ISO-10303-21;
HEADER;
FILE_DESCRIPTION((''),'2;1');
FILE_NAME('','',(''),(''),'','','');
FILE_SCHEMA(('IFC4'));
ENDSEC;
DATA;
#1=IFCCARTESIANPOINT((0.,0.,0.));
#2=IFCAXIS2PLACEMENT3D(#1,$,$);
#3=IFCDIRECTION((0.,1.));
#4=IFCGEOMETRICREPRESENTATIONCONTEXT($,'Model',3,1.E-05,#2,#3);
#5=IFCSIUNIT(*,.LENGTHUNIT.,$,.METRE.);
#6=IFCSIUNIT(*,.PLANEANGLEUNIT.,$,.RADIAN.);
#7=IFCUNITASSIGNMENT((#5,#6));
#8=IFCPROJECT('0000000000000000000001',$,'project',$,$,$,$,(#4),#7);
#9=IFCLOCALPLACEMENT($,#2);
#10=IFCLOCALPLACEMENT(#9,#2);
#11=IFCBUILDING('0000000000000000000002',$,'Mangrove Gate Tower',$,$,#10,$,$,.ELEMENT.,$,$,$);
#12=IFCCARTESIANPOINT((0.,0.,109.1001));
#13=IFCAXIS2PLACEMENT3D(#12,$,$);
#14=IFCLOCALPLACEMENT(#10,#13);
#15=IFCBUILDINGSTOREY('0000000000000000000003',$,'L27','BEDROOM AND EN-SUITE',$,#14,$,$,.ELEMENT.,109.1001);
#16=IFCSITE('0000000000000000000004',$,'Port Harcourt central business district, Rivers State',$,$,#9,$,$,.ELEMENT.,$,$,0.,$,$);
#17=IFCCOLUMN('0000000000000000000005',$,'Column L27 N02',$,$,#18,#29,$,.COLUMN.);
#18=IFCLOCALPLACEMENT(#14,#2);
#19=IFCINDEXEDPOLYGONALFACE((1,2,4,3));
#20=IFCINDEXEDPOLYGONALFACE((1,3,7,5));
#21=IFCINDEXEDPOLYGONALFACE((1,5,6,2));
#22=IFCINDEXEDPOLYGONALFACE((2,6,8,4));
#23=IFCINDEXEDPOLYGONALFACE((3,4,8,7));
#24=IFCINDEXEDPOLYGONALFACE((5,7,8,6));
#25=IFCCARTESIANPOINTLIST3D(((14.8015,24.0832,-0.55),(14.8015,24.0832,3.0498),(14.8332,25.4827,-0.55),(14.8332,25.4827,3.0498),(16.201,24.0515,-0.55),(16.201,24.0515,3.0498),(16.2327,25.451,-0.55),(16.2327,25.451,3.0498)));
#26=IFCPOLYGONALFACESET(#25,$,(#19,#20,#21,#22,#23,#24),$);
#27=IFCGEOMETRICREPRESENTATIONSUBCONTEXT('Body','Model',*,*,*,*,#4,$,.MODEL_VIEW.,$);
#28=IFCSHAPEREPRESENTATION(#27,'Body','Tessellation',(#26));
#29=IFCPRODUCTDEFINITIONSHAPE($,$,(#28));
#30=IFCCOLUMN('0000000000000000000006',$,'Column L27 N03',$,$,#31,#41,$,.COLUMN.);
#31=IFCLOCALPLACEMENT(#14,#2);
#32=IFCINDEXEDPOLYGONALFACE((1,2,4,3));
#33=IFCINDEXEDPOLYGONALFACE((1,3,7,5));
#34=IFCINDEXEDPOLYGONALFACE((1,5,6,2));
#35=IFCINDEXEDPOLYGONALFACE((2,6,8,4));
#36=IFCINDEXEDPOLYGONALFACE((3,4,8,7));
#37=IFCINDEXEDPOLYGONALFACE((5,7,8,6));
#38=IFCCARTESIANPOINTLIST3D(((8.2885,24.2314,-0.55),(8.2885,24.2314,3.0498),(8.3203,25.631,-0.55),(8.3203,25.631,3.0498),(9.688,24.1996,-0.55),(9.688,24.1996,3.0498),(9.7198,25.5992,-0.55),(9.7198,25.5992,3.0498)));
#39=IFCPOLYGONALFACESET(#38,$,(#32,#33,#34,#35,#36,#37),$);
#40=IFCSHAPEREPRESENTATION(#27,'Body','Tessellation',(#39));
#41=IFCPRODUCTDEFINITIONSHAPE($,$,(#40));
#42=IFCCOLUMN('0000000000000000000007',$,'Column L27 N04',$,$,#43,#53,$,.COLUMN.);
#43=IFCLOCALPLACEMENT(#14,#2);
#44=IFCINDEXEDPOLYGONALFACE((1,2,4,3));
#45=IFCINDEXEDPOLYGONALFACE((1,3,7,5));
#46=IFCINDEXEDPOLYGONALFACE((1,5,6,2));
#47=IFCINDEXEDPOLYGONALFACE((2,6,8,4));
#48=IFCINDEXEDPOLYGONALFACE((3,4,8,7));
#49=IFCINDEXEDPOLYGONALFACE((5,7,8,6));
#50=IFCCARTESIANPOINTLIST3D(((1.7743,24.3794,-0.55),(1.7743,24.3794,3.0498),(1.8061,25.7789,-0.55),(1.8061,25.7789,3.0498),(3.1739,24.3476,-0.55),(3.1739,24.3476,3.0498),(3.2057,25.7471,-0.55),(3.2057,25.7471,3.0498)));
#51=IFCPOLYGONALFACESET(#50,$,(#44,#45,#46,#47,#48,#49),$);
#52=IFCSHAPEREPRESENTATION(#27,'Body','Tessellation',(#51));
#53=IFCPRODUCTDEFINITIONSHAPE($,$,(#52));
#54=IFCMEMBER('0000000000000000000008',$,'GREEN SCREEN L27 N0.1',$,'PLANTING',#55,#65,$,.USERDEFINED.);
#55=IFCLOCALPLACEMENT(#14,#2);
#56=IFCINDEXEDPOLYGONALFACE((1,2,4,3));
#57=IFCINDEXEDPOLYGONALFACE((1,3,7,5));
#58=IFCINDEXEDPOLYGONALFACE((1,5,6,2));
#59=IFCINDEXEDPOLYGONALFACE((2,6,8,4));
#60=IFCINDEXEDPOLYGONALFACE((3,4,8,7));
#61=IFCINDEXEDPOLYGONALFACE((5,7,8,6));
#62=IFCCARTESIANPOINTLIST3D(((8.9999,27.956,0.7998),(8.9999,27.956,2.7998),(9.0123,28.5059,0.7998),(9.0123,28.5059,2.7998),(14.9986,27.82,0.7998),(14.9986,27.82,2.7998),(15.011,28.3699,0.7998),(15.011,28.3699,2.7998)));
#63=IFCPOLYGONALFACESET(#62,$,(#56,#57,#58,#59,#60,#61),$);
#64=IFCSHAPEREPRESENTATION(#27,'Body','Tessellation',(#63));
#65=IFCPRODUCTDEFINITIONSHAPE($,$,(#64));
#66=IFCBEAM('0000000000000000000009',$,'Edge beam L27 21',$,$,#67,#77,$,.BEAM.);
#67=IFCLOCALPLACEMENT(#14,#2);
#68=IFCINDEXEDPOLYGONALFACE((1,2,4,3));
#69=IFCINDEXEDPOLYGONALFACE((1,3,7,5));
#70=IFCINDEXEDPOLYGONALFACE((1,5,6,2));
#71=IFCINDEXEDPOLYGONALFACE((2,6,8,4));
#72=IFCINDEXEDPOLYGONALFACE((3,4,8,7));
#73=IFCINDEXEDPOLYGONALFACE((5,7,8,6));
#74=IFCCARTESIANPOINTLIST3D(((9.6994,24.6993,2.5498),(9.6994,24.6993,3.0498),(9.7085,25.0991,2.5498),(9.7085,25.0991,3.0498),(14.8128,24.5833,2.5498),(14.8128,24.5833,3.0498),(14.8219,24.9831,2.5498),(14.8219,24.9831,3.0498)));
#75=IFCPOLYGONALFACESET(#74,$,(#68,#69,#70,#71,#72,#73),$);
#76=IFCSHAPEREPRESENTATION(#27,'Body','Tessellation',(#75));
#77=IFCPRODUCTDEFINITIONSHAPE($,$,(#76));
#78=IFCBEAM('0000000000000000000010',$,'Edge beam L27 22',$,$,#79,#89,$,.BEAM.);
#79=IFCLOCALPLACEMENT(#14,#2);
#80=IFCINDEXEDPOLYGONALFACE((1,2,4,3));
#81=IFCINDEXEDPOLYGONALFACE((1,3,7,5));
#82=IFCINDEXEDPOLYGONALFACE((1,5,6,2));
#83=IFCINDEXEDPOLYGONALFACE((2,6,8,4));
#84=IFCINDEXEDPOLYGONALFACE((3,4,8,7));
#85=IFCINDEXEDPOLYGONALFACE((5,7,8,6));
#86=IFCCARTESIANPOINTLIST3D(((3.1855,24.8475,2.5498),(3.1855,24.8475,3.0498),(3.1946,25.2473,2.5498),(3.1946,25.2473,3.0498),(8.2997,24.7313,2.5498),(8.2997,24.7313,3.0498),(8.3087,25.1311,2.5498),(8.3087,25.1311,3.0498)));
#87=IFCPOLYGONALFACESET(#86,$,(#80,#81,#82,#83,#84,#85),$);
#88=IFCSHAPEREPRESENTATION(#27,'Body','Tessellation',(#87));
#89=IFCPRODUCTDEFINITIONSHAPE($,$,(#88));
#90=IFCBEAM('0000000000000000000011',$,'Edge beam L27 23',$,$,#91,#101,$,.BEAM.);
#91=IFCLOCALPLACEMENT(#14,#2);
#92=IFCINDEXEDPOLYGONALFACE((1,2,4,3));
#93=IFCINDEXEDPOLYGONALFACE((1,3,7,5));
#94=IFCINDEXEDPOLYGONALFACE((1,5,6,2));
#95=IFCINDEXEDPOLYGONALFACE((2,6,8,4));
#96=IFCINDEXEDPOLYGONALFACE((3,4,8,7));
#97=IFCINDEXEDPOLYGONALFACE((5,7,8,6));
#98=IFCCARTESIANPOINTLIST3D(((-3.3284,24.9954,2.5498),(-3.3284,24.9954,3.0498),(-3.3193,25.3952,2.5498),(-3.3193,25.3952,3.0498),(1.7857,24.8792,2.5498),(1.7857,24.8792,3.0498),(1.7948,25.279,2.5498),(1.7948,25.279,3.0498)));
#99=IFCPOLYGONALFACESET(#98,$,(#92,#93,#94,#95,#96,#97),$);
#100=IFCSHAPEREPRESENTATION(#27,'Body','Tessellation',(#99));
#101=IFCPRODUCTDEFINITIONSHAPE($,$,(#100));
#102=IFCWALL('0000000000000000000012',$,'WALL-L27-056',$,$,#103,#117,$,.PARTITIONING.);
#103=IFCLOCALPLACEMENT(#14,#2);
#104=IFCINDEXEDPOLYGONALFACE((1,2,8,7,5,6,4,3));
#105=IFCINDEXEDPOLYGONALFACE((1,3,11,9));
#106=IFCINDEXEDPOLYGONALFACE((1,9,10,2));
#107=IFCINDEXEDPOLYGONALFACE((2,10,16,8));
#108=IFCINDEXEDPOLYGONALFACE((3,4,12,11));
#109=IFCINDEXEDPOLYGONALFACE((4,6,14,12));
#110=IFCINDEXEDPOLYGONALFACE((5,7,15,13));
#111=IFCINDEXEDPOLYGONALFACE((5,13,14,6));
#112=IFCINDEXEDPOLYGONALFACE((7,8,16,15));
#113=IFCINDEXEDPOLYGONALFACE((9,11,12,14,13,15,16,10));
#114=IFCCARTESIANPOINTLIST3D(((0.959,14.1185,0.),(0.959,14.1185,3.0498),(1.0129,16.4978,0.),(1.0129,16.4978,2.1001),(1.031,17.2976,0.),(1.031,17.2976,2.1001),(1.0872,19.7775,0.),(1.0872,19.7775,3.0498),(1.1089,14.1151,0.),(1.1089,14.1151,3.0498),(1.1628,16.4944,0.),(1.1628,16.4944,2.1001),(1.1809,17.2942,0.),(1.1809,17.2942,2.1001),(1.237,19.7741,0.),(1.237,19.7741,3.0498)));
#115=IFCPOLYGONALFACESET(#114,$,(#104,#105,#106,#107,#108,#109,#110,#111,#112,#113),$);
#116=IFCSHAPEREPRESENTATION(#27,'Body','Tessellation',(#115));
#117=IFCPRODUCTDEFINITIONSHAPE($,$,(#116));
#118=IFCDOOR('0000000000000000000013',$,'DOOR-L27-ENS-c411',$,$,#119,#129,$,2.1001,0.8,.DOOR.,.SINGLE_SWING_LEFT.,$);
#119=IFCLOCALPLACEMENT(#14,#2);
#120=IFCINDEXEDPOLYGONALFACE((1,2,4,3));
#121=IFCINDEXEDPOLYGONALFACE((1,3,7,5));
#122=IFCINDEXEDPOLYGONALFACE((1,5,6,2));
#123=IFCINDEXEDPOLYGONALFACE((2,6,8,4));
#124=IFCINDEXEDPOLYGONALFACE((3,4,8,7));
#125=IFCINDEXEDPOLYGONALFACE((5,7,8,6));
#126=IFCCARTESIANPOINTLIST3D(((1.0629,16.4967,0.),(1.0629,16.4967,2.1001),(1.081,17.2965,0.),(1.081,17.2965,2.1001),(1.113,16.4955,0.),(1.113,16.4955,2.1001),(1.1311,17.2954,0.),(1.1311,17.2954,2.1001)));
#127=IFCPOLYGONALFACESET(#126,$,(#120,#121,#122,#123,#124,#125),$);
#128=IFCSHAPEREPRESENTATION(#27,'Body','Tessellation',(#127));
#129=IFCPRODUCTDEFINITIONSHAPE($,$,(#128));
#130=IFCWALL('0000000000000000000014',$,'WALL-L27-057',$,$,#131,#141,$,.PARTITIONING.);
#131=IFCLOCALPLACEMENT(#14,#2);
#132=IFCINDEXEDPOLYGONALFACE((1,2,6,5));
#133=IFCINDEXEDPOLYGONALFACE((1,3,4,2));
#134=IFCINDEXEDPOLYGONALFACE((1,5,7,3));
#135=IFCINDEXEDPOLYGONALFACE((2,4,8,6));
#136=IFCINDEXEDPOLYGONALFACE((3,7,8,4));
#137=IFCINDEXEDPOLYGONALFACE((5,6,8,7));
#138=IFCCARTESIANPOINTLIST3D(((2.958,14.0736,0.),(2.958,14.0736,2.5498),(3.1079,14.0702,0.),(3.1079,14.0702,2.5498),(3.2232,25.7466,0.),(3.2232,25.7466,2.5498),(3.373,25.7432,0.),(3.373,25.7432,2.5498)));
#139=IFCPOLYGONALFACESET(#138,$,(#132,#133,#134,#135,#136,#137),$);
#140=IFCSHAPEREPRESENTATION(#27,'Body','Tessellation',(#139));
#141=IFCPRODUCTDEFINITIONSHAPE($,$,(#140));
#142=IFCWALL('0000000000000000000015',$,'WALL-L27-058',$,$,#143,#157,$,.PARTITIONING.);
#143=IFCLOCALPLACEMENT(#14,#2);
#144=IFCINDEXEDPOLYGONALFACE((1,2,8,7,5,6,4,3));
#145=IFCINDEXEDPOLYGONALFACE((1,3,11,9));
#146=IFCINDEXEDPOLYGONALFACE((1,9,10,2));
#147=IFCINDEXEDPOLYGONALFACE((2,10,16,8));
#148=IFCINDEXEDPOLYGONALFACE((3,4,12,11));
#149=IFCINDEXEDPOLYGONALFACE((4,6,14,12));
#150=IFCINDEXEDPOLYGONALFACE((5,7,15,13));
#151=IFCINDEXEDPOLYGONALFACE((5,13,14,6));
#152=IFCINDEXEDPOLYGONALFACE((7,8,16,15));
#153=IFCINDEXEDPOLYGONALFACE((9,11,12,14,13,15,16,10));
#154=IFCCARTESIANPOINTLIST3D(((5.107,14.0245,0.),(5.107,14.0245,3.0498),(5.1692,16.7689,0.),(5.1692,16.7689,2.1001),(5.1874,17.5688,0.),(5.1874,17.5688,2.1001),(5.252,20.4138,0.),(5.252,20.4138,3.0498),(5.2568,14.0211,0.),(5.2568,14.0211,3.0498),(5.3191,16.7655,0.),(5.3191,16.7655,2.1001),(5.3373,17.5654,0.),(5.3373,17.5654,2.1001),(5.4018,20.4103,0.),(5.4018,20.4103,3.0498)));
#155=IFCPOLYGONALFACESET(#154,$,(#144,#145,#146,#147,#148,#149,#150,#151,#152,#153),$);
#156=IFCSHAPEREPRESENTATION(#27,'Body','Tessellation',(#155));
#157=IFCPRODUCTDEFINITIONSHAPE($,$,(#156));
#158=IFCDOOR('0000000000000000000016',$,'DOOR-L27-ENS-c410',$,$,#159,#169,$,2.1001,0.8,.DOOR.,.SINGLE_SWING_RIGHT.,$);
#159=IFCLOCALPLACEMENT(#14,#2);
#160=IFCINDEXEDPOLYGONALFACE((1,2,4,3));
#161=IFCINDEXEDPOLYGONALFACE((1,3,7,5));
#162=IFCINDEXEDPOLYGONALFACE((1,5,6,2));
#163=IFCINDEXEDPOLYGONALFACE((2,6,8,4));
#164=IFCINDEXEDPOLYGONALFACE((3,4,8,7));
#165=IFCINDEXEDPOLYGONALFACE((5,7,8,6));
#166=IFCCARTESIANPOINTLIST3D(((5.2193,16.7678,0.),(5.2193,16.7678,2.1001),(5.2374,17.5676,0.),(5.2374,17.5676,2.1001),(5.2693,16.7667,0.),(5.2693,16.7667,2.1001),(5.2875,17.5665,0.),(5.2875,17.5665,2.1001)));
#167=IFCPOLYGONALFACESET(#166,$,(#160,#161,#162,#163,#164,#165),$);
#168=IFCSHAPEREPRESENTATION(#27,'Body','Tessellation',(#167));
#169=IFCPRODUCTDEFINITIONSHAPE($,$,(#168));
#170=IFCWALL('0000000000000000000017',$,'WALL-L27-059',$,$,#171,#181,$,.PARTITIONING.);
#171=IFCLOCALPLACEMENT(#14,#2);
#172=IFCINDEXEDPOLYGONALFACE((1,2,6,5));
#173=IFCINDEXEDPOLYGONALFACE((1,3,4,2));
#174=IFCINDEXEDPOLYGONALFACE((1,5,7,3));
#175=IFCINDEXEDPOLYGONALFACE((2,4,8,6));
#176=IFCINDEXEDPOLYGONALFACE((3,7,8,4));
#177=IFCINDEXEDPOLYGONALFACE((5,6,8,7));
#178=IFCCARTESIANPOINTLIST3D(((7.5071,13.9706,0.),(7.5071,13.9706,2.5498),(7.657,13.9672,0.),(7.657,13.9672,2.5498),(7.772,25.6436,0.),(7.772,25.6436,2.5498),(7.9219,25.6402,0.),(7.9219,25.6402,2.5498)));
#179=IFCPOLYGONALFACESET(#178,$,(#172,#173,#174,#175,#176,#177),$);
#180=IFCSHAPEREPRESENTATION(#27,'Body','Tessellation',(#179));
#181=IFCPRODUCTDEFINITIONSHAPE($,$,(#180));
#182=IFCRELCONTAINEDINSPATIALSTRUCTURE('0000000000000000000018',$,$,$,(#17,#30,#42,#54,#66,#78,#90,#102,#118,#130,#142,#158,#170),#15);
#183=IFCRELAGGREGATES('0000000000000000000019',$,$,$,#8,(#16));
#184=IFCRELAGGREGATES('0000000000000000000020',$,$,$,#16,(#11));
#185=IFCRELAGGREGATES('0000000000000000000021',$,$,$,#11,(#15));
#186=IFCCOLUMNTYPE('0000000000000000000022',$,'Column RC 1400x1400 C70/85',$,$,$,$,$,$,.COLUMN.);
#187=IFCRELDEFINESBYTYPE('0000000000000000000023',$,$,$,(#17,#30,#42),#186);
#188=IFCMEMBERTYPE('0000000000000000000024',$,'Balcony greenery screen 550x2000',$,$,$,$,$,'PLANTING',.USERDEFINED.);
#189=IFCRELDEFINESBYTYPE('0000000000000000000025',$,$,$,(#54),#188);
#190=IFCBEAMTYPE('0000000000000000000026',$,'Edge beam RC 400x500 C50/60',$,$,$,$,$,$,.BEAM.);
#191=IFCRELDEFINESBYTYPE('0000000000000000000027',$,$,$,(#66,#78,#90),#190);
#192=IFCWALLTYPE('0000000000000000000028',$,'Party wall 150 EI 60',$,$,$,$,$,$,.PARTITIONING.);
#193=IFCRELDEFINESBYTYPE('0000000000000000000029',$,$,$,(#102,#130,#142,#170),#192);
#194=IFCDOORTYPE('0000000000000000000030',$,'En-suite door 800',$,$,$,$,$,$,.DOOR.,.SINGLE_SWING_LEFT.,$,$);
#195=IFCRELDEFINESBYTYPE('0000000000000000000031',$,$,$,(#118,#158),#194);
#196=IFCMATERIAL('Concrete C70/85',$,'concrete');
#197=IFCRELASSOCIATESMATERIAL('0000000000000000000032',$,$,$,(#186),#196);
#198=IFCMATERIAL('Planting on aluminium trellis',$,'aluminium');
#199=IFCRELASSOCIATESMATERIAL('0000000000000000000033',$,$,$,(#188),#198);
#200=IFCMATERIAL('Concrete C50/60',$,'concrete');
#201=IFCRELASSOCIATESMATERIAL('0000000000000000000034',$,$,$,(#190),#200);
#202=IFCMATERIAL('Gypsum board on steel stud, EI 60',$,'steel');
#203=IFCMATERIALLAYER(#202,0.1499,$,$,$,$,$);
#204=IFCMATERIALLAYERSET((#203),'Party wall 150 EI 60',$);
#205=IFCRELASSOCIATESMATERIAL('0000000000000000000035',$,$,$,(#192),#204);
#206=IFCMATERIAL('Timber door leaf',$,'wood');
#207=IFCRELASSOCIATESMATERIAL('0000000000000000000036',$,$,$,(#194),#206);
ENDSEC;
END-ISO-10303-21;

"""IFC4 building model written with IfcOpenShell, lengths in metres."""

from ifc_helpers import new_model, si_unit, direction, frame, frame_2d, origin, origin_2d, place, context, subcontext, project, spatial, rectangle, extrude, material, layer, layer_set, material_profile, profile_set, type_object, element, fill, save


model = new_model("IFC4")

# Units and contexts
model_context = context("Model", 3, precision=1e-05, world=origin(), true_north=direction((0.0, 1.0)))
body_context = subcontext(model_context, "Body", "Model", "MODEL_VIEW")
ifc_project = project(units=[si_unit("LENGTHUNIT", "METRE"), si_unit("PLANEANGLEUNIT", "RADIAN")], contexts=[model_context])

# Site, building, storey
site_placement = place(None, origin())
site = spatial("IfcSite", under=ifc_project, at=site_placement, Name="Port Harcourt central business district, Rivers State", CompositionType="ELEMENT", RefElevation=0.0)
building_placement = place(site_placement, origin())
building = spatial("IfcBuilding", under=site, at=building_placement, Name="Mangrove Gate Tower", CompositionType="ELEMENT")
storey_placement = place(building_placement, frame((0.0, 0.0, 109.1001)))
storey = spatial("IfcBuildingStorey", under=building, at=storey_placement, Name="L27", Description="BEDROOM AND EN-SUITE", CompositionType="ELEMENT", Elevation=109.1001)

# Columns
ifc_material_1 = material(Name="Concrete C70/85", Category="concrete")
ifc_material_profile_1 = material_profile(ifc_material_1, rectangle(XDim=1.3999, YDim=1.3999, at=origin_2d()))
ifc_profile_set_1 = profile_set([ifc_material_profile_1], Name="Concrete C70/85")
column_type = type_object("IfcColumnType", Name="Column RC 1400x1400 C70/85", PredefinedType="COLUMN", material=ifc_profile_set_1)
for number, where, z_axis, x_axis, name in (
    (1, (15.5171, 24.7671, -0.55), (0.0, 0.0, 1.0), (-0.999744, 0.022639, 0.0), "Column L27 N02"),
    (2, (9.0042, 24.9153, -0.55), (0.0, 0.0, 1.0), (-0.999742, 0.022716, 0.0), "Column L27 N03"),
    (3, (2.49, 25.0632, -0.55), (0.0, 0.0, 1.0), (-0.999742, 0.022714, 0.0), "Column L27 N04"),
):
    element("IfcColumn", number, at=place(storey_placement, frame(where, z_axis=z_axis, x_axis=x_axis)), inside=storey, type_object=column_type, Name=name, PredefinedType="COLUMN", context=body_context, shape_type="SweptSolid", body=[
        extrude(rectangle(XDim=1.3999, YDim=1.3999, at=origin_2d()), origin(), (0.0, 0.0, 1.0), 3.5999),
    ])

# Member
ifc_material_2 = material(Name="Planting on aluminium trellis", Category="aluminium")
ifc_material_profile_2 = material_profile(ifc_material_2, rectangle(XDim=0.55, YDim=2.0, at=origin_2d()))
ifc_profile_set_2 = profile_set([ifc_material_profile_2], Name="Planting on aluminium trellis")
member_type = type_object("IfcMemberType", Name="Balcony greenery screen 550x2000", ElementType="PLANTING", PredefinedType="USERDEFINED", material=ifc_profile_set_2)
member_placement = place(storey_placement, frame((9.0061, 28.231, 1.7998), z_axis=(0.999743, -0.022663, 0.0), x_axis=(0.022663, 0.999743, 0.0)))
element("IfcMember", 4, at=member_placement, inside=storey, type_object=member_type, Name="GREEN SCREEN L27 N0.1", ObjectType="PLANTING", PredefinedType="USERDEFINED", context=body_context, shape_type="SweptSolid", body=[
    extrude(rectangle(XDim=0.55, YDim=2.0, at=origin_2d()), origin(), (0.0, 0.0, 1.0), 6.0002),
])

# Beams
ifc_material_3 = material(Name="Concrete C50/60", Category="concrete")
ifc_material_profile_3 = material_profile(ifc_material_3, rectangle(XDim=0.3999, YDim=0.5, at=origin_2d()))
ifc_profile_set_3 = profile_set([ifc_material_profile_3], Name="Concrete C50/60")
beam_type = type_object("IfcBeamType", Name="Edge beam RC 400x500 C50/60", PredefinedType="BEAM", material=ifc_profile_set_3)
beam_placement = place(storey_placement, frame((14.8174, 24.7832, 2.7998), z_axis=(-0.999743, 0.022673, 0.0), x_axis=(-0.022673, -0.999743, 0.0)))
element("IfcBeam", 5, at=beam_placement, inside=storey, type_object=beam_type, Name="Edge beam L27 21", PredefinedType="BEAM", context=body_context, shape_type="SweptSolid", body=[
    extrude(rectangle(XDim=0.3999, YDim=0.5, at=origin_2d()), origin(), (0.0, 0.0, 1.0), 5.1147),
])
for number, where, z_axis, x_axis, name in (
    (6, (8.3042, 24.9312, 2.7998), (-0.999742, 0.022717, 0.0), (-0.022717, -0.999742, 0.0), "Edge beam L27 22"),
    (7, (1.7903, 25.0791, 2.7998), (-0.999742, 0.022717, 0.0), (-0.022717, -0.999742, 0.0), "Edge beam L27 23"),
):
    element("IfcBeam", number, at=place(storey_placement, frame(where, z_axis=z_axis, x_axis=x_axis)), inside=storey, type_object=beam_type, Name=name, PredefinedType="BEAM", context=body_context, shape_type="SweptSolid", body=[
        extrude(rectangle(XDim=0.3999, YDim=0.5, at=origin_2d()), origin(), (0.0, 0.0, 1.0), 5.1155),
    ])

# Wall, opening, door
ifc_material_4 = material(Name="Gypsum board on steel stud, EI 60", Category="steel")
ifc_layer_1 = layer(ifc_material_4, 0.1499)
ifc_layer_set_1 = layer_set([ifc_layer_1], Name="Party wall 150 EI 60")
wall_type_1 = type_object("IfcWallType", Name="Party wall 150 EI 60", PredefinedType="PARTITIONING", material=ifc_layer_set_1)
wall_1_placement = place(storey_placement, frame((1.0339, 14.1169, 0.0), z_axis=(0.0, 0.0, 1.0), x_axis=(0.022644, 0.999744, 0.0)))
wall_1 = element("IfcWall", 8, at=wall_1_placement, inside=storey, type_object=wall_type_1, Name="WALL-L27-056", PredefinedType="PARTITIONING", context=body_context, shape_type="SweptSolid", body=[
    extrude(rectangle(XDim=5.6604, YDim=0.1499, at=frame_2d((2.8301, 0.0))), origin(), (0.0, 0.0, 1.0), 3.0498),
])
opening_1_placement = place(wall_1_placement, frame((2.3799, 0.0, 0.0)))
opening_1 = element("IfcOpeningElement", 9, at=opening_1_placement, cuts=wall_1, PredefinedType="OPENING", context=body_context, shape_type="SweptSolid", body=[
    extrude(rectangle(XDim=0.8, YDim=2.1001, at=frame_2d((0.3999, 1.05))), frame((0.0, 0.085, 0.0), z_axis=(0.0, -1.0, 0.0), x_axis=(1.0, 0.0, 0.0)), (0.0, 0.0, 1.0), 0.1699),
])
ifc_material_5 = material(Name="Timber door leaf", Category="wood")
door_type = type_object("IfcDoorType", Name="En-suite door 800", OperationType="SINGLE_SWING_LEFT", PredefinedType="DOOR", material=ifc_material_5)
door_1_placement = place(opening_1_placement, origin())
door_1 = element("IfcDoor", 10, at=door_1_placement, inside=storey, type_object=door_type, Name="DOOR-L27-ENS-c411", OperationType="SINGLE_SWING_LEFT", OverallHeight=2.1001, OverallWidth=0.8, PredefinedType="DOOR", context=body_context, shape_type="SweptSolid", body=[
    extrude(rectangle(XDim=0.8, YDim=2.1001, at=frame_2d((0.3999, 1.05))), frame((0.0, 0.0249, 0.0), z_axis=(0.0, -1.0, 0.0), x_axis=(1.0, 0.0, 0.0)), (0.0, 0.0, 1.0), 0.05),
])
fill(opening_1, door_1)

# Wall
wall_2_placement = place(storey_placement, frame((3.033, 14.072, 0.0), z_axis=(0.0, 0.0, 1.0), x_axis=(0.022708, 0.999742, 0.0)))
element("IfcWall", 11, at=wall_2_placement, inside=storey, type_object=wall_type_1, Name="WALL-L27-057", PredefinedType="PARTITIONING", context=body_context, shape_type="SweptSolid", body=[
    extrude(rectangle(XDim=11.676, YDim=0.1499, at=frame_2d((5.8379, 0.0))), origin(), (0.0, 0.0, 1.0), 2.5498),
])

# Wall, opening, door
wall_3_placement = place(storey_placement, frame((5.1819, 14.0229, 0.0), z_axis=(0.0, 0.0, 1.0), x_axis=(0.022692, 0.999743, 0.0)))
wall_3 = element("IfcWall", 12, at=wall_3_placement, inside=storey, type_object=wall_type_1, Name="WALL-L27-058", PredefinedType="PARTITIONING", context=body_context, shape_type="SweptSolid", body=[
    extrude(rectangle(XDim=6.3909, YDim=0.1499, at=frame_2d((3.1953, 0.0))), origin(), (0.0, 0.0, 1.0), 3.0498),
])
opening_2_placement = place(wall_3_placement, frame((2.7451, 0.0, 0.0)))
opening_2 = element("IfcOpeningElement", 13, at=opening_2_placement, cuts=wall_3, PredefinedType="OPENING", context=body_context, shape_type="SweptSolid", body=[
    extrude(rectangle(XDim=0.8, YDim=2.1001, at=frame_2d((0.3999, 1.05))), frame((0.0, 0.085, 0.0), z_axis=(0.0, -1.0, 0.0), x_axis=(1.0, 0.0, 0.0)), (0.0, 0.0, 1.0), 0.1699),
])
door_2_placement = place(opening_2_placement, origin())
door_2 = element("IfcDoor", 14, at=door_2_placement, inside=storey, type_object=door_type, Name="DOOR-L27-ENS-c410", OperationType="SINGLE_SWING_RIGHT", OverallHeight=2.1001, OverallWidth=0.8, PredefinedType="DOOR", context=body_context, shape_type="SweptSolid", body=[
    extrude(rectangle(XDim=0.8, YDim=2.1001, at=frame_2d((0.3999, 1.05))), frame((0.0, 0.0249, 0.0), z_axis=(0.0, -1.0, 0.0), x_axis=(1.0, 0.0, 0.0)), (0.0, 0.0, 1.0), 0.05),
])
fill(opening_2, door_2)

# Wall
wall_4_placement = place(storey_placement, frame((7.582, 13.969, 0.0), z_axis=(0.0, 0.0, 1.0), x_axis=(0.022687, 0.999743, 0.0)))
element("IfcWall", 15, at=wall_4_placement, inside=storey, type_object=wall_type_1, Name="WALL-L27-059", PredefinedType="PARTITIONING", context=body_context, shape_type="SweptSolid", body=[
    extrude(rectangle(XDim=11.676, YDim=0.1499, at=frame_2d((5.8379, 0.0))), origin(), (0.0, 0.0, 1.0), 2.5498),
])

save(model, "model.ifc")
